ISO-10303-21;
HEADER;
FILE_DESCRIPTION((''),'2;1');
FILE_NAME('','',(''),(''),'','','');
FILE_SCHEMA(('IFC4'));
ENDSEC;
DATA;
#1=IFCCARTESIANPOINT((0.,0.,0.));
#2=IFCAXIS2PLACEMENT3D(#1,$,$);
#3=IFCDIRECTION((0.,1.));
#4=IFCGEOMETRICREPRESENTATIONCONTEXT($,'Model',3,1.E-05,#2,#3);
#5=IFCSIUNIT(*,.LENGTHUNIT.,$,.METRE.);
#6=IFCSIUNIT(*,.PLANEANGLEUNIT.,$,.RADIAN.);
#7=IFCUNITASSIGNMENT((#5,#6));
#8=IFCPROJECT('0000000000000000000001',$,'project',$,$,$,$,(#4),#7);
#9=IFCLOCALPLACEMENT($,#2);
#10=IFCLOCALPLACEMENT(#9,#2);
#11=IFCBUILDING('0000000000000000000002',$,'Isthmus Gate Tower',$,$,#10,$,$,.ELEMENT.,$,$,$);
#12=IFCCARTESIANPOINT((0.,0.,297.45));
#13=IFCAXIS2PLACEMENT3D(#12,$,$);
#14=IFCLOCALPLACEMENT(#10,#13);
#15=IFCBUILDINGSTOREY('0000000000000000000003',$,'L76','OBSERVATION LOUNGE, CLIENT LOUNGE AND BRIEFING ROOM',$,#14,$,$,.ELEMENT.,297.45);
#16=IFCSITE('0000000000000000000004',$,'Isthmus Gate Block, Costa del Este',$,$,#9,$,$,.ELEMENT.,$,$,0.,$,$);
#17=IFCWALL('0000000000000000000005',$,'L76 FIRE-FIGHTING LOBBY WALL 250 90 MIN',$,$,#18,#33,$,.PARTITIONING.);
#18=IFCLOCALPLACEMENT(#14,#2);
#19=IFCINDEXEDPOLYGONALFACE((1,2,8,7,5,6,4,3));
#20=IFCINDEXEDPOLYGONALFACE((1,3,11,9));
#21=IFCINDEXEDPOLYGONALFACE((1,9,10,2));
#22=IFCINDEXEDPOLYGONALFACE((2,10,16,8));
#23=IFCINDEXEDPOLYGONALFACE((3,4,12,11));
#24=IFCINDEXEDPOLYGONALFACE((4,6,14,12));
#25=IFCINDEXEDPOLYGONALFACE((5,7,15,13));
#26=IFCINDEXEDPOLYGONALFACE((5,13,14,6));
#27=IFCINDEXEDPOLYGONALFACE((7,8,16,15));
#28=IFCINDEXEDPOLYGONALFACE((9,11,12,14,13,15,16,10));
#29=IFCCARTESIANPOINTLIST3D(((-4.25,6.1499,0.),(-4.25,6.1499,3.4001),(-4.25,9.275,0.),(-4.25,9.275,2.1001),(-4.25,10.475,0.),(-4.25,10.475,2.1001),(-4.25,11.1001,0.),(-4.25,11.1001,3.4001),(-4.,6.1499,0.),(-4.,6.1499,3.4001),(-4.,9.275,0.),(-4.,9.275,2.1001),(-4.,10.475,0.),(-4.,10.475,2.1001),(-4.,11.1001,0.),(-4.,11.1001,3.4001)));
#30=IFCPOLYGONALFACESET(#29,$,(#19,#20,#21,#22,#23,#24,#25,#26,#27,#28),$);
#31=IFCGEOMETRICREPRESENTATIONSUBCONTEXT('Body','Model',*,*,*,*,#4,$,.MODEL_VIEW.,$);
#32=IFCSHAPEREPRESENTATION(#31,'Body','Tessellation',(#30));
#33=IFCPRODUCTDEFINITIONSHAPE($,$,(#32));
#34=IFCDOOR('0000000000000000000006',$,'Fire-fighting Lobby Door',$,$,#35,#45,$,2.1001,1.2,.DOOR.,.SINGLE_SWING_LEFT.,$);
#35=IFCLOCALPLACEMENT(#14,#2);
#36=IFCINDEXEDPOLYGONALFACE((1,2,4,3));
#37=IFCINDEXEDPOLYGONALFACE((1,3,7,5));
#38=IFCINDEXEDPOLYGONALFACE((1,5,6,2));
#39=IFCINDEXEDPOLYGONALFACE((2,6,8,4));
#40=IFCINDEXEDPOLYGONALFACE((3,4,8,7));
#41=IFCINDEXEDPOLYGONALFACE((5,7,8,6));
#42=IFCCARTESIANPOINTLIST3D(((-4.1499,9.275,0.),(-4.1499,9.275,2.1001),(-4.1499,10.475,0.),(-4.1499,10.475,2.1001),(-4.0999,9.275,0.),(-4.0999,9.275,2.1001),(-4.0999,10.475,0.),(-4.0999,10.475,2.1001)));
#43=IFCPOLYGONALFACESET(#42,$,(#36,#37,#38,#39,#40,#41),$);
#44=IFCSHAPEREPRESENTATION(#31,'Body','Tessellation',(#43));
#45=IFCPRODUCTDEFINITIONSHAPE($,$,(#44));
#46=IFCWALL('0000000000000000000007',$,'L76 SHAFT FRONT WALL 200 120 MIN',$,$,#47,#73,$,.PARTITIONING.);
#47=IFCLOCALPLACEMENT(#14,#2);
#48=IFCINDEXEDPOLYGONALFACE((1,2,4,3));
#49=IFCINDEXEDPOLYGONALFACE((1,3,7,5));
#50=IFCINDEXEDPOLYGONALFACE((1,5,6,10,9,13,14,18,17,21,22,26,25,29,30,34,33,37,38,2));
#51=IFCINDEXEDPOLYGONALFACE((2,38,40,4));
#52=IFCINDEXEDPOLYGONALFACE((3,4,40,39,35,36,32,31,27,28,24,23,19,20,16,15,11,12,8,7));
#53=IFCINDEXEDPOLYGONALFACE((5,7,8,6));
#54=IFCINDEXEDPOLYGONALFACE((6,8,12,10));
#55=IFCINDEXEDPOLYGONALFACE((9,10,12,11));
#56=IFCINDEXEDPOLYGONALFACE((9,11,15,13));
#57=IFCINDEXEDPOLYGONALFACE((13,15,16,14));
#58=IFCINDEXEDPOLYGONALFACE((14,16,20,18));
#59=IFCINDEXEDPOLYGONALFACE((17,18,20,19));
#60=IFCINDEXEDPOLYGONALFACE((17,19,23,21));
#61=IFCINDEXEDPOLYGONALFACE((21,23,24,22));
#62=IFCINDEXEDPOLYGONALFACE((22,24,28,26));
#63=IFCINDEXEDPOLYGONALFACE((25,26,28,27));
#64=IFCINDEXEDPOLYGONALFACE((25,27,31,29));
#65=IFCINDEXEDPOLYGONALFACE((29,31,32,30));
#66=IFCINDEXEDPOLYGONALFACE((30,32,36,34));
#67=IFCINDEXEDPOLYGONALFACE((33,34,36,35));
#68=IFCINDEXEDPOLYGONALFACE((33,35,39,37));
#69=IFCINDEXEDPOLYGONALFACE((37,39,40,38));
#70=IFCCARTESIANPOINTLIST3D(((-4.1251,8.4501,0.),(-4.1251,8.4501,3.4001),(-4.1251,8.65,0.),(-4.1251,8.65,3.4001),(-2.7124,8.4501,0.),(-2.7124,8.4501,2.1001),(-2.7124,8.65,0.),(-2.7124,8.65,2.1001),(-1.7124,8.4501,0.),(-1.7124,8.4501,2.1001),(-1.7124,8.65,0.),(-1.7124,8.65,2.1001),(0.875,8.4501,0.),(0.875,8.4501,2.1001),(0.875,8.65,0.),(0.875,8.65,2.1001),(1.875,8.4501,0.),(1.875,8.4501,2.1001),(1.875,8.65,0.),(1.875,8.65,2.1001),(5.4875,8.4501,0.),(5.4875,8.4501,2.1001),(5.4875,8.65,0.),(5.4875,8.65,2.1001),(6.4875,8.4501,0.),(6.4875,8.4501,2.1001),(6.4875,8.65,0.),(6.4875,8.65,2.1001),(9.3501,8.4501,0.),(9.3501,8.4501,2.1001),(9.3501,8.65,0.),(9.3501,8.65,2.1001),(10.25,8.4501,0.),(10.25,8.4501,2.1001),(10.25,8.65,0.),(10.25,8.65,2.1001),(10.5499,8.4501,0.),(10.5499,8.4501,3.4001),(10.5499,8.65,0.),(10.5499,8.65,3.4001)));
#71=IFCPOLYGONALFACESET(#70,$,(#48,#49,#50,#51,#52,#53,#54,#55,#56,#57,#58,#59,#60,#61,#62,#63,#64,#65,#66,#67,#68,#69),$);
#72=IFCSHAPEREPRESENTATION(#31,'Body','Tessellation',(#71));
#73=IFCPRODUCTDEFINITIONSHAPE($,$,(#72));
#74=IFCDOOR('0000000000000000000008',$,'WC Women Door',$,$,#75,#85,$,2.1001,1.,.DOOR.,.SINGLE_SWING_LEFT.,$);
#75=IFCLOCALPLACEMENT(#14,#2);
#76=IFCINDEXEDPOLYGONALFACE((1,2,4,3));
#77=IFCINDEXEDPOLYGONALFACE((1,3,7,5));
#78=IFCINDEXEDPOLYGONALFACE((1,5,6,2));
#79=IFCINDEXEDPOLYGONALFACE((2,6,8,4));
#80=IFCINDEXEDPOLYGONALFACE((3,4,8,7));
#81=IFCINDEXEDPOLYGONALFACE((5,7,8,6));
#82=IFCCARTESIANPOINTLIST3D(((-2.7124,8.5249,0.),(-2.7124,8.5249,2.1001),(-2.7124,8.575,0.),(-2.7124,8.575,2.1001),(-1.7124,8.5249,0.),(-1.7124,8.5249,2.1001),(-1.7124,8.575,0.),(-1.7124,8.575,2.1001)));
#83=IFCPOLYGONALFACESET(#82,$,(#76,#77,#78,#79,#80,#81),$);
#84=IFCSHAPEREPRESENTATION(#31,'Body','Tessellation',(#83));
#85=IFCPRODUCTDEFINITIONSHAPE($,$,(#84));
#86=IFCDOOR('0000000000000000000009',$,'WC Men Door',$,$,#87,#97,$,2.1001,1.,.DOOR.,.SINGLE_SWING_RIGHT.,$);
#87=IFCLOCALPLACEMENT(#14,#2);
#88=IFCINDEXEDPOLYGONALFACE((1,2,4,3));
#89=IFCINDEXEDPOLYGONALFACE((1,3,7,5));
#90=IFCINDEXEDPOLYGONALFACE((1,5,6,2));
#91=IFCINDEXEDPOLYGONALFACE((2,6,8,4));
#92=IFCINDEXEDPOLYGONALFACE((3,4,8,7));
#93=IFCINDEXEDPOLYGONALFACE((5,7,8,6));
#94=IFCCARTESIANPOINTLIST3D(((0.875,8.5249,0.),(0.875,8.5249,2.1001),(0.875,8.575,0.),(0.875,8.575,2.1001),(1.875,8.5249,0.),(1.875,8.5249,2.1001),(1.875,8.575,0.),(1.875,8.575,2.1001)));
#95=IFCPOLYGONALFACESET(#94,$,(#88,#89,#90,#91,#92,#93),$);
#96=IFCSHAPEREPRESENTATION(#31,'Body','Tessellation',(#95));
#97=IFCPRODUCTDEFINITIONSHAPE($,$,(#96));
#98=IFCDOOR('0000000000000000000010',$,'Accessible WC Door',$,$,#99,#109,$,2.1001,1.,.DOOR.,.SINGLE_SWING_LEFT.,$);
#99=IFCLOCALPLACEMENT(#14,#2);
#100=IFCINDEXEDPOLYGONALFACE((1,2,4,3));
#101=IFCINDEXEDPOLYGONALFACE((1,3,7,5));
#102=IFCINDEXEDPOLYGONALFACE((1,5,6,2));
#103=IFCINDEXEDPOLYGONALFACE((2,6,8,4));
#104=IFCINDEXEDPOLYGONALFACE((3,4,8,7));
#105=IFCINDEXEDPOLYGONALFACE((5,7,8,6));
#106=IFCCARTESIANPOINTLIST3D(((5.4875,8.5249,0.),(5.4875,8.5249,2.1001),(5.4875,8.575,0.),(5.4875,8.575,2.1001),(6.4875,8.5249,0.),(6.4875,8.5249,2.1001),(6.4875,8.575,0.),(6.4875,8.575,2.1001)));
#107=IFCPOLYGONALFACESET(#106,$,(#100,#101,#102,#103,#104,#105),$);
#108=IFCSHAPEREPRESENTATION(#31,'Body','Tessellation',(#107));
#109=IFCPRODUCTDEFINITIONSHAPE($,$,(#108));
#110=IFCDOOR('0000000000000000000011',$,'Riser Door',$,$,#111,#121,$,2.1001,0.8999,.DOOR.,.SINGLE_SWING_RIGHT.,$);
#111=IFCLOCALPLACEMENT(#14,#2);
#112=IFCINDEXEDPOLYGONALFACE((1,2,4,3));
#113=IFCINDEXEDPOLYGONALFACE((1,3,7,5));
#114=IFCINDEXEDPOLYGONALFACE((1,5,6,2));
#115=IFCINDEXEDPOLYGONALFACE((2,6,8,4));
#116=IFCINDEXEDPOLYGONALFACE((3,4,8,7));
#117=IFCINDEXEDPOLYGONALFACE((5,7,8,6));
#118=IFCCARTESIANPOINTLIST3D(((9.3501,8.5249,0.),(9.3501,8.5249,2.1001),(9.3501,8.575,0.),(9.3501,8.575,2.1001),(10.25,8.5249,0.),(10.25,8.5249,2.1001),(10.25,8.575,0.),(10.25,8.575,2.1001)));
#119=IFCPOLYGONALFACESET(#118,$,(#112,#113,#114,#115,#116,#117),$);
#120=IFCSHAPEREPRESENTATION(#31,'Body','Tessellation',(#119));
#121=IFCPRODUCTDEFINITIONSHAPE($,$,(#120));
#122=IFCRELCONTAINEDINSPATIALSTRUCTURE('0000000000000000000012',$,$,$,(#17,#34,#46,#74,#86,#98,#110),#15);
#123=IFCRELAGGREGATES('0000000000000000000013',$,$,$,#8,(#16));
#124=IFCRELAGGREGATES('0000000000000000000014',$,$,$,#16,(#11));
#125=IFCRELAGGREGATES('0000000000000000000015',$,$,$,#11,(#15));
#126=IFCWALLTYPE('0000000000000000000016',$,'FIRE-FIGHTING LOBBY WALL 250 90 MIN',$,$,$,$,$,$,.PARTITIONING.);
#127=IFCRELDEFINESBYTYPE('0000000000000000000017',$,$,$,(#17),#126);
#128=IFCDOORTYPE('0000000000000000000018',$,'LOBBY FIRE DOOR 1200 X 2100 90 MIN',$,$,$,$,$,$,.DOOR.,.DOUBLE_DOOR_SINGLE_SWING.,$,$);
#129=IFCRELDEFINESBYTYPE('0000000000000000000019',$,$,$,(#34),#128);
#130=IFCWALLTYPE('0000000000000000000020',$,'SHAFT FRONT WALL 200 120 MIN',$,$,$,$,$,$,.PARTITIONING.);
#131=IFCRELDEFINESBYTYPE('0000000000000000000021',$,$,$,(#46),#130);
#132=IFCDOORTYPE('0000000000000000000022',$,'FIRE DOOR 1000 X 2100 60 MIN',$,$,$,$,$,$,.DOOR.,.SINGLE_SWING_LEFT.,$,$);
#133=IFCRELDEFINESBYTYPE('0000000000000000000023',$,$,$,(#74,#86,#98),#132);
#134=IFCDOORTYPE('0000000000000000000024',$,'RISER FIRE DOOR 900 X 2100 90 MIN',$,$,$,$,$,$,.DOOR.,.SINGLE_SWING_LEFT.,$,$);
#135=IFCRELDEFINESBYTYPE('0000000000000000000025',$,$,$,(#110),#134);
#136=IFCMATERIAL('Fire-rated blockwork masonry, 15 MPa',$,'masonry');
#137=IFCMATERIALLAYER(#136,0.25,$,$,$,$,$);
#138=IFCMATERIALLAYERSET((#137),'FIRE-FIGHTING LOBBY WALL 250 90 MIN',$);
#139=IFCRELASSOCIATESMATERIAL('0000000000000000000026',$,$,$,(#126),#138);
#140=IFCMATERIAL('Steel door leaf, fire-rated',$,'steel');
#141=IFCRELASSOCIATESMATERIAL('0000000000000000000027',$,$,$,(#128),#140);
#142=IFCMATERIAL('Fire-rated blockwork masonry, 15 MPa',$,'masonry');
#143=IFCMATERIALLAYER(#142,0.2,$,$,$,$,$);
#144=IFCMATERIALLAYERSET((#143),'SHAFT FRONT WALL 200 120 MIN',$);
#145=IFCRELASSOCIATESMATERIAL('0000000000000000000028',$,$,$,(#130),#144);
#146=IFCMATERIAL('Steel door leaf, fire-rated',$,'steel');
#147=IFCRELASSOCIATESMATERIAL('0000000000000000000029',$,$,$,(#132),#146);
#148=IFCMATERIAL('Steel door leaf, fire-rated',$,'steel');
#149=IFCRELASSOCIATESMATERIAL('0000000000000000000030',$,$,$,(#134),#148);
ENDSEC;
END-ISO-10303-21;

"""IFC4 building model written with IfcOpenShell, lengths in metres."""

from ifc_helpers import new_model, si_unit, direction, frame, frame_2d, origin, place, context, subcontext, project, spatial, rectangle, extrude, material, layer, layer_set, type_object, element, fill, save


model = new_model("IFC4")

# Units and contexts
model_context = context("Model", 3, precision=1e-05, world=origin(), true_north=direction((0.0, 1.0)))
body_context = subcontext(model_context, "Body", "Model", "MODEL_VIEW")
ifc_project = project(units=[si_unit("LENGTHUNIT", "METRE"), si_unit("PLANEANGLEUNIT", "RADIAN")], contexts=[model_context])

# Site, building, storey
site_placement = place(None, origin())
site = spatial("IfcSite", under=ifc_project, at=site_placement, Name="Isthmus Gate Block, Costa del Este", CompositionType="ELEMENT", RefElevation=0.0)
building_placement = place(site_placement, origin())
building = spatial("IfcBuilding", under=site, at=building_placement, Name="Isthmus Gate Tower", CompositionType="ELEMENT")
storey_placement = place(building_placement, frame((0.0, 0.0, 297.45)))
storey = spatial("IfcBuildingStorey", under=building, at=storey_placement, Name="L76", Description="OBSERVATION LOUNGE, CLIENT LOUNGE AND BRIEFING ROOM", CompositionType="ELEMENT", Elevation=297.45)

# Wall, opening, door
ifc_material_1 = material(Name="Fire-rated blockwork masonry, 15 MPa", Category="masonry")
ifc_layer_1 = layer(ifc_material_1, 0.25)
ifc_layer_set_1 = layer_set([ifc_layer_1], Name="FIRE-FIGHTING LOBBY WALL 250 90 MIN")
wall_type_1 = type_object("IfcWallType", Name="FIRE-FIGHTING LOBBY WALL 250 90 MIN", PredefinedType="PARTITIONING", material=ifc_layer_set_1)
wall_1_placement = place(storey_placement, frame((-4.125, 6.1499, 0.0), z_axis=(0.0, 0.0, 1.0), x_axis=(0.0, 1.0, 0.0)))
wall_1 = element("IfcWall", 1, at=wall_1_placement, inside=storey, type_object=wall_type_1, Name="L76 FIRE-FIGHTING LOBBY WALL 250 90 MIN", PredefinedType="PARTITIONING", context=body_context, shape_type="SweptSolid", body=[
    extrude(rectangle(XDim=4.9502, YDim=0.25, at=frame_2d((2.4751, 0.0))), origin(), (0.0, 0.0, 1.0), 3.4001),
])
opening_1_placement = place(wall_1_placement, frame((3.125, 0.0, 0.0)))
opening_1 = element("IfcOpeningElement", 2, at=opening_1_placement, cuts=wall_1, PredefinedType="OPENING", context=body_context, shape_type="SweptSolid", body=[
    extrude(rectangle(XDim=1.2, YDim=2.1001, at=frame_2d((0.6001, 1.05))), frame((0.0, 0.135, 0.0), z_axis=(0.0, -1.0, 0.0), x_axis=(1.0, 0.0, 0.0)), (0.0, 0.0, 1.0), 0.27),
])
ifc_material_2 = material(Name="Steel door leaf, fire-rated", Category="steel")
door_type_1 = type_object("IfcDoorType", Name="LOBBY FIRE DOOR 1200 X 2100 90 MIN", OperationType="DOUBLE_DOOR_SINGLE_SWING", PredefinedType="DOOR", material=ifc_material_2)
door_1_placement = place(opening_1_placement, origin())
door_1 = element("IfcDoor", 3, at=door_1_placement, inside=storey, type_object=door_type_1, Name="Fire-fighting Lobby Door", OperationType="SINGLE_SWING_LEFT", OverallHeight=2.1001, OverallWidth=1.2, PredefinedType="DOOR", context=body_context, shape_type="SweptSolid", body=[
    extrude(rectangle(XDim=1.2, YDim=2.1001, at=frame_2d((0.6001, 1.05))), frame((0.0, 0.0249, 0.0), z_axis=(0.0, -1.0, 0.0), x_axis=(1.0, 0.0, 0.0)), (0.0, 0.0, 1.0), 0.05),
])
fill(opening_1, door_1)

# Wall, openings, doors
ifc_material_3 = material(Name="Fire-rated blockwork masonry, 15 MPa", Category="masonry")
ifc_layer_2 = layer(ifc_material_3, 0.2)
ifc_layer_set_2 = layer_set([ifc_layer_2], Name="SHAFT FRONT WALL 200 120 MIN")
wall_type_2 = type_object("IfcWallType", Name="SHAFT FRONT WALL 200 120 MIN", PredefinedType="PARTITIONING", material=ifc_layer_set_2)
wall_2_placement = place(storey_placement, frame((-4.125, 8.55, 0.0), z_axis=(0.0, 0.0, 1.0), x_axis=(1.0, 0.0, 0.0)))
wall_2 = element("IfcWall", 4, at=wall_2_placement, inside=storey, type_object=wall_type_2, Name="L76 SHAFT FRONT WALL 200 120 MIN", PredefinedType="PARTITIONING", context=body_context, shape_type="SweptSolid", body=[
    extrude(rectangle(XDim=14.675, YDim=0.2, at=frame_2d((7.3374, 0.0))), origin(), (0.0, 0.0, 1.0), 3.4001),
])
opening_2_placement = place(wall_2_placement, frame((1.4126, 0.0, 0.0)))
opening_2 = element("IfcOpeningElement", 5, at=opening_2_placement, cuts=wall_2, PredefinedType="OPENING", context=body_context, shape_type="SweptSolid", body=[
    extrude(rectangle(XDim=1.0, YDim=2.1001, at=frame_2d((0.5, 1.05))), frame((0.0, 0.1099, 0.0), z_axis=(0.0, -1.0, 0.0), x_axis=(1.0, 0.0, 0.0)), (0.0, 0.0, 1.0), 0.22),
])
opening_3_placement = place(wall_2_placement, frame((5.0, 0.0, 0.0)))
opening_3 = element("IfcOpeningElement", 6, at=opening_3_placement, cuts=wall_2, PredefinedType="OPENING", context=body_context, shape_type="SweptSolid", body=[
    extrude(rectangle(XDim=1.0, YDim=2.1001, at=frame_2d((0.5, 1.05))), frame((0.0, 0.1099, 0.0), z_axis=(0.0, -1.0, 0.0), x_axis=(1.0, 0.0, 0.0)), (0.0, 0.0, 1.0), 0.22),
])
opening_4_placement = place(wall_2_placement, frame((9.6125, 0.0, 0.0)))
opening_4 = element("IfcOpeningElement", 7, at=opening_4_placement, cuts=wall_2, PredefinedType="OPENING", context=body_context, shape_type="SweptSolid", body=[
    extrude(rectangle(XDim=1.0, YDim=2.1001, at=frame_2d((0.5, 1.05))), frame((0.0, 0.1099, 0.0), z_axis=(0.0, -1.0, 0.0), x_axis=(1.0, 0.0, 0.0)), (0.0, 0.0, 1.0), 0.22),
])
opening_5_placement = place(wall_2_placement, frame((13.4751, 0.0, 0.0)))
opening_5 = element("IfcOpeningElement", 8, at=opening_5_placement, cuts=wall_2, PredefinedType="OPENING", context=body_context, shape_type="SweptSolid", body=[
    extrude(rectangle(XDim=0.8999, YDim=2.1001, at=frame_2d((0.45, 1.05))), frame((0.0, 0.1099, 0.0), z_axis=(0.0, -1.0, 0.0), x_axis=(1.0, 0.0, 0.0)), (0.0, 0.0, 1.0), 0.22),
])
ifc_material_4 = material(Name="Steel door leaf, fire-rated", Category="steel")
door_type_2 = type_object("IfcDoorType", Name="FIRE DOOR 1000 X 2100 60 MIN", OperationType="SINGLE_SWING_LEFT", PredefinedType="DOOR", material=ifc_material_4)
door_2_placement = place(opening_2_placement, origin())
door_2 = element("IfcDoor", 9, at=door_2_placement, inside=storey, type_object=door_type_2, Name="WC Women Door", OperationType="SINGLE_SWING_LEFT", OverallHeight=2.1001, OverallWidth=1.0, PredefinedType="DOOR", context=body_context, shape_type="SweptSolid", body=[
    extrude(rectangle(XDim=1.0, YDim=2.1001, at=frame_2d((0.5, 1.05))), frame((0.0, 0.0249, 0.0), z_axis=(0.0, -1.0, 0.0), x_axis=(1.0, 0.0, 0.0)), (0.0, 0.0, 1.0), 0.05),
])
fill(opening_2, door_2)
door_3_placement = place(opening_3_placement, origin())
door_3 = element("IfcDoor", 10, at=door_3_placement, inside=storey, type_object=door_type_2, Name="WC Men Door", OperationType="SINGLE_SWING_RIGHT", OverallHeight=2.1001, OverallWidth=1.0, PredefinedType="DOOR", context=body_context, shape_type="SweptSolid", body=[
    extrude(rectangle(XDim=1.0, YDim=2.1001, at=frame_2d((0.5, 1.05))), frame((0.0, 0.0249, 0.0), z_axis=(0.0, -1.0, 0.0), x_axis=(1.0, 0.0, 0.0)), (0.0, 0.0, 1.0), 0.05),
])
fill(opening_3, door_3)
door_4_placement = place(opening_4_placement, origin())
door_4 = element("IfcDoor", 11, at=door_4_placement, inside=storey, type_object=door_type_2, Name="Accessible WC Door", OperationType="SINGLE_SWING_LEFT", OverallHeight=2.1001, OverallWidth=1.0, PredefinedType="DOOR", context=body_context, shape_type="SweptSolid", body=[
    extrude(rectangle(XDim=1.0, YDim=2.1001, at=frame_2d((0.5, 1.05))), frame((0.0, 0.0249, 0.0), z_axis=(0.0, -1.0, 0.0), x_axis=(1.0, 0.0, 0.0)), (0.0, 0.0, 1.0), 0.05),
])
fill(opening_4, door_4)
ifc_material_5 = material(Name="Steel door leaf, fire-rated", Category="steel")
door_type_3 = type_object("IfcDoorType", Name="RISER FIRE DOOR 900 X 2100 90 MIN", OperationType="SINGLE_SWING_LEFT", PredefinedType="DOOR", material=ifc_material_5)
door_5_placement = place(opening_5_placement, origin())
door_5 = element("IfcDoor", 12, at=door_5_placement, inside=storey, type_object=door_type_3, Name="Riser Door", OperationType="SINGLE_SWING_RIGHT", OverallHeight=2.1001, OverallWidth=0.8999, PredefinedType="DOOR", context=body_context, shape_type="SweptSolid", body=[
    extrude(rectangle(XDim=0.8999, YDim=2.1001, at=frame_2d((0.45, 1.05))), frame((0.0, 0.0249, 0.0), z_axis=(0.0, -1.0, 0.0), x_axis=(1.0, 0.0, 0.0)), (0.0, 0.0, 1.0), 0.05),
])
fill(opening_5, door_5)

save(model, "model.ifc")
